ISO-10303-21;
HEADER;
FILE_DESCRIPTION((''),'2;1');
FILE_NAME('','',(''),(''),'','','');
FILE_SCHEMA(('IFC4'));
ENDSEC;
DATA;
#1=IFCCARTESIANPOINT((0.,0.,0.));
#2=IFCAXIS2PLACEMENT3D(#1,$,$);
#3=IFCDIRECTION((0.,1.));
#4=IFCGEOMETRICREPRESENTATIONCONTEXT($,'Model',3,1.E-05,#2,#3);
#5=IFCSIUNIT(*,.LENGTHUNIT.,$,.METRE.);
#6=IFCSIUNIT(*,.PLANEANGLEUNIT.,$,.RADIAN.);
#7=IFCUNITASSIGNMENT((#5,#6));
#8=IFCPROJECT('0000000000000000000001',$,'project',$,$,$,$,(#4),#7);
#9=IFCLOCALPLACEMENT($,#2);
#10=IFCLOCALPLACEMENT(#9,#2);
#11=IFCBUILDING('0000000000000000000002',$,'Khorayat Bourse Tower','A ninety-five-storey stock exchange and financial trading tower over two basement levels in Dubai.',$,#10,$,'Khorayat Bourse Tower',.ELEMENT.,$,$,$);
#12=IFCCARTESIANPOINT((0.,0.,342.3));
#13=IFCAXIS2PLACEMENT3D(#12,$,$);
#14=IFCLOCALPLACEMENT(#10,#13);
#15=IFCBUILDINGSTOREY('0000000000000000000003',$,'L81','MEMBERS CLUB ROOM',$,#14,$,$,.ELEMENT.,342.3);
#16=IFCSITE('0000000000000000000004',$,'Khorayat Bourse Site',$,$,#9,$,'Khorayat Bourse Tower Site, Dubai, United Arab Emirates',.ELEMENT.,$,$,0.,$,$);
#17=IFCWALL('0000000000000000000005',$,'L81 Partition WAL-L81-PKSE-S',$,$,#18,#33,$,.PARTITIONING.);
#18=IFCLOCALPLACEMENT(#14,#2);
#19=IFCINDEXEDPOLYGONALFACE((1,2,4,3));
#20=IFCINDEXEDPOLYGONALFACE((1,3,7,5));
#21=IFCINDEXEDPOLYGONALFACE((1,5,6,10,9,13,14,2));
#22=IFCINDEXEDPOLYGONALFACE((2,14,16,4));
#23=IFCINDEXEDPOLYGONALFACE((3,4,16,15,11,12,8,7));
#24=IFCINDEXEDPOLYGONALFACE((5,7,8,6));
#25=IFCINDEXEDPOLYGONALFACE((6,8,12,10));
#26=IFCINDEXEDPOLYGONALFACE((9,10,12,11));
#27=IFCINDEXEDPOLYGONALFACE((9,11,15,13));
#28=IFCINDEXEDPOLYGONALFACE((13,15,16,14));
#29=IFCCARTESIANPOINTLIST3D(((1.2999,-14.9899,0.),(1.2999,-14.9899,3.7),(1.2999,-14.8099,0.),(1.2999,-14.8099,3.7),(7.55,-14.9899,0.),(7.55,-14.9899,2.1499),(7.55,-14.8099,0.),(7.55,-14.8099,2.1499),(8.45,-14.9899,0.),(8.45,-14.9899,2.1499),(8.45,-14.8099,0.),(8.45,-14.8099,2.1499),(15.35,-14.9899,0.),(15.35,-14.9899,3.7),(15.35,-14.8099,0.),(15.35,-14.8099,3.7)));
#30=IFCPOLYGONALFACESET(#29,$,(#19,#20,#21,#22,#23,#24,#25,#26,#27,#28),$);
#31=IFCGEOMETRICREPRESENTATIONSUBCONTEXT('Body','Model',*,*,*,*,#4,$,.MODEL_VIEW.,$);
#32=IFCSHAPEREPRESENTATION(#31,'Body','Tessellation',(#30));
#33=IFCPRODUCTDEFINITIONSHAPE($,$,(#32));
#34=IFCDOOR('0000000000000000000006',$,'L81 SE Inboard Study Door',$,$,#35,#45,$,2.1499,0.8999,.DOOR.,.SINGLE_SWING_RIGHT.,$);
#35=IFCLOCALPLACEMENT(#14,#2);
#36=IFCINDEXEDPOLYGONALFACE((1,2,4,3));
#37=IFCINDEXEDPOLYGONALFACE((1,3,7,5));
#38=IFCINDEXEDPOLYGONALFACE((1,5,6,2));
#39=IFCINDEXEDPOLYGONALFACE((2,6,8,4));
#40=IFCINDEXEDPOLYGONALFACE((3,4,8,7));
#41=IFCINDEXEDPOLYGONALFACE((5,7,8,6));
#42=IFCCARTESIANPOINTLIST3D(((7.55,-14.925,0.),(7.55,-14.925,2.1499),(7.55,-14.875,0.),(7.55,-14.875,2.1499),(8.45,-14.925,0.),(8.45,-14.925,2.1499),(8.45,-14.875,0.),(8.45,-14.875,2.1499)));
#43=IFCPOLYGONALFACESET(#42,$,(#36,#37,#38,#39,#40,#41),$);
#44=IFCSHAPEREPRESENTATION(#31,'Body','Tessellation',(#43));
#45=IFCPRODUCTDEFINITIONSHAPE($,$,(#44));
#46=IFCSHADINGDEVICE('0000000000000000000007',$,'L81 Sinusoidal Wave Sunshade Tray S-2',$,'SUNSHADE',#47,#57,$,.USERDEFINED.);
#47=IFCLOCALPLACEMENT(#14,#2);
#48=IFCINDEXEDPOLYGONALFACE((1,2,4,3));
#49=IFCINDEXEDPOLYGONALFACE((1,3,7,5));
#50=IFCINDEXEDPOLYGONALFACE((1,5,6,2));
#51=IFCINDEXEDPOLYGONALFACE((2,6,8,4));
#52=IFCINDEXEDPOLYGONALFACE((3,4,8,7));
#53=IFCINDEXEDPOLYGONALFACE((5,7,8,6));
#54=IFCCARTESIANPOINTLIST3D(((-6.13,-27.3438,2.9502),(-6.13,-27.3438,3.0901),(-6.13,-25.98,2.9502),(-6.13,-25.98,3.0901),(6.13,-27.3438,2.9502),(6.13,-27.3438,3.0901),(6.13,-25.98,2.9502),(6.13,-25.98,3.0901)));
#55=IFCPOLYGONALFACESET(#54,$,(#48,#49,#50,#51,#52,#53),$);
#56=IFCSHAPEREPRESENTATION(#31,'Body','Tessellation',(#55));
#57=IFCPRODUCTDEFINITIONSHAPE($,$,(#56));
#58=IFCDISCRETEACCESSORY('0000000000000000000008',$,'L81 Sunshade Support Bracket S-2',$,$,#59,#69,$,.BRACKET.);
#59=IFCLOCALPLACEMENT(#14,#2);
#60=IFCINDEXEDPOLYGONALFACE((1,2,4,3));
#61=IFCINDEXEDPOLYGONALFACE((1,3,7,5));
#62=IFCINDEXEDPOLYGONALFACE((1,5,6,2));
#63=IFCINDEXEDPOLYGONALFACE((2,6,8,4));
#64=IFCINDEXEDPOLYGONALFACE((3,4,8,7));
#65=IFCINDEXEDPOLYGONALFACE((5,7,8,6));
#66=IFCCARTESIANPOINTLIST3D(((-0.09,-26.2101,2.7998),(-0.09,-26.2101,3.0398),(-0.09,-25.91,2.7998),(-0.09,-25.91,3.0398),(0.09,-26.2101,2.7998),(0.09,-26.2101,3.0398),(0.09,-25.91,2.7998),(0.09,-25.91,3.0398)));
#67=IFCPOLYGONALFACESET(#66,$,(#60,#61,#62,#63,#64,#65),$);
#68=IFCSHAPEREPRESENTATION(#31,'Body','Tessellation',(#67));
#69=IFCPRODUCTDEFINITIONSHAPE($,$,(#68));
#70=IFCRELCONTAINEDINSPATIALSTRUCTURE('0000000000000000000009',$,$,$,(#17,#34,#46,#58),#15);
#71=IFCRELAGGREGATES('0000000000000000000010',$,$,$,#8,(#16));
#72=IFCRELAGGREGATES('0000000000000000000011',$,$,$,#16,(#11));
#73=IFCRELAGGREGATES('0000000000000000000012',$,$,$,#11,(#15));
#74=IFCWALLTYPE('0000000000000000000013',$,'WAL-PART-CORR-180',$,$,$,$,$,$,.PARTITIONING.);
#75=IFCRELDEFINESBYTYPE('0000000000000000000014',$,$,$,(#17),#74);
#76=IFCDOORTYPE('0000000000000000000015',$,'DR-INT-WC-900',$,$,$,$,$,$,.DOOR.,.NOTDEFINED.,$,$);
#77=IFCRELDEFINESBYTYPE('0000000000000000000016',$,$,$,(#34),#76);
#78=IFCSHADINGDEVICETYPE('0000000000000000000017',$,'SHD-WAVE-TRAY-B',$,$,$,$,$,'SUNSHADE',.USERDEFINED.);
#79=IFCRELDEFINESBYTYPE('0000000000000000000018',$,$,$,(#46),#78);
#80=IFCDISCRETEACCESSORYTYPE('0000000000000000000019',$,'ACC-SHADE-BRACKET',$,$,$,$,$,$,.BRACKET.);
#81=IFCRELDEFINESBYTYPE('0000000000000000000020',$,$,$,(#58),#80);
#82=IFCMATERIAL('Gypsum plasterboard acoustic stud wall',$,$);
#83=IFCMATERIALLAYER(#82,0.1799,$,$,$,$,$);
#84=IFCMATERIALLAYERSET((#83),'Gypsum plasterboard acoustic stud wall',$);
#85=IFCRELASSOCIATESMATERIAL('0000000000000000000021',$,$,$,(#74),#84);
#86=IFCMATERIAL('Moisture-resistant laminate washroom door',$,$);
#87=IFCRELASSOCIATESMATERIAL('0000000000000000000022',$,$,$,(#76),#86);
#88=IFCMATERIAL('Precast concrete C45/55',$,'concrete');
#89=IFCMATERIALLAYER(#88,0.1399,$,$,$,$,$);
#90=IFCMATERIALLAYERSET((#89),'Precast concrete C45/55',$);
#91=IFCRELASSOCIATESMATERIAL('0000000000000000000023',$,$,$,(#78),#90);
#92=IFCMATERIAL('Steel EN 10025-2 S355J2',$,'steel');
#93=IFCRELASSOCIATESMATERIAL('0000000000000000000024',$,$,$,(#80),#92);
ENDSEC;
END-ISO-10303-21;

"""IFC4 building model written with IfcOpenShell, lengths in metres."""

from ifc_helpers import new_model, si_unit, direction, frame, frame_2d, origin, origin_2d, place, context, subcontext, project, spatial, rectangle, extrude, source, transform, mapped, material, layer, layer_set, type_object, element, fill, save


model = new_model("IFC4")

# Units and contexts
model_context = context("Model", 3, precision=1e-05, world=origin(), true_north=direction((0.0, 1.0)))
body_context = subcontext(model_context, "Body", "Model", "MODEL_VIEW")
ifc_project = project(units=[si_unit("LENGTHUNIT", "METRE"), si_unit("PLANEANGLEUNIT", "RADIAN")], contexts=[model_context])

# Site, building, storey
site_placement = place(None, origin())
site = spatial("IfcSite", under=ifc_project, at=site_placement, Name="Khorayat Bourse Site", LongName="Khorayat Bourse Tower Site, Dubai, United Arab Emirates", CompositionType="ELEMENT", RefElevation=0.0)
building_placement = place(site_placement, origin())
building = spatial("IfcBuilding", under=site, at=building_placement, Name="Khorayat Bourse Tower", Description="A ninety-five-storey stock exchange and financial trading tower over two basement levels in Dubai.", LongName="Khorayat Bourse Tower", CompositionType="ELEMENT")
storey_placement = place(building_placement, frame((0.0, 0.0, 342.3)))
storey = spatial("IfcBuildingStorey", under=building, at=storey_placement, Name="L81", Description="MEMBERS CLUB ROOM", CompositionType="ELEMENT", Elevation=342.3)

# Shared definitions
ifc_material_1 = material(Name="Steel EN 10025-2 S355J2", Category="steel")

# Shared definitions
ifc_material_2 = material(Name="Gypsum plasterboard acoustic stud wall")
ifc_layer_1 = layer(ifc_material_2, 0.1799)
ifc_layer_set_1 = layer_set([ifc_layer_1], Name="Gypsum plasterboard acoustic stud wall")
wall_type = type_object("IfcWallType", Name="WAL-PART-CORR-180", PredefinedType="PARTITIONING", material=ifc_layer_set_1)

# Wall, opening, door
shared_shape_1 = source(origin(), body_context, "Body", "SweptSolid", [
    extrude(rectangle(XDim=14.05, YDim=0.1799, at=frame_2d((7.0249, 0.0))), origin(), (0.0, 0.0, 1.0), 3.7),
])
wall_1_placement = place(storey_placement, frame((1.3, -14.8999, 0.0), z_axis=(0.0, 0.0, 1.0), x_axis=(1.0, 0.0, 0.0)))
wall_1 = element("IfcWall", 1, at=wall_1_placement, inside=storey, type_object=wall_type, Name="L81 Partition WAL-L81-PKSE-S", PredefinedType="PARTITIONING", context=body_context, shape_type="MappedRepresentation", body=[
    mapped(shared_shape_1, transform((0.0, 0.0, 0.0), scale=1.0)),
])
shared_shape_2 = source(origin(), body_context, "Body", "SweptSolid", [
    extrude(rectangle(XDim=0.8999, YDim=2.1499, at=frame_2d((0.45, 1.075))), frame((0.0, 0.0999, 0.0), z_axis=(0.0, -1.0, 0.0), x_axis=(1.0, 0.0, 0.0)), (0.0, 0.0, 1.0), 0.2),
])
opening_placement = place(wall_1_placement, frame((6.25, 0.0, 0.0)))
opening = element("IfcOpeningElement", 2, at=opening_placement, cuts=wall_1, PredefinedType="OPENING", context=body_context, shape_type="MappedRepresentation", body=[
    mapped(shared_shape_2, transform((0.0, 0.0, 0.0), scale=1.0)),
])
ifc_material_3 = material(Name="Moisture-resistant laminate washroom door")
door_type = type_object("IfcDoorType", Name="DR-INT-WC-900", OperationType="NOTDEFINED", PredefinedType="DOOR", material=ifc_material_3)
shared_shape_3 = source(origin(), body_context, "Body", "SweptSolid", [
    extrude(rectangle(XDim=0.8999, YDim=2.1499, at=frame_2d((0.45, 1.075))), frame((0.0, 0.0249, 0.0), z_axis=(0.0, -1.0, 0.0), x_axis=(1.0, 0.0, 0.0)), (0.0, 0.0, 1.0), 0.05),
])
door_placement = place(opening_placement, origin())
door = element("IfcDoor", 3, at=door_placement, inside=storey, type_object=door_type, Name="L81 SE Inboard Study Door", OperationType="SINGLE_SWING_RIGHT", OverallHeight=2.1499, OverallWidth=0.8999, PredefinedType="DOOR", context=body_context, shape_type="MappedRepresentation", body=[
    mapped(shared_shape_3, transform((0.0, 0.0, 0.0), scale=1.0)),
])
fill(opening, door)

# Shading device
ifc_material_4 = material(Name="Precast concrete C45/55", Category="concrete")
ifc_layer_2 = layer(ifc_material_4, 0.1399)
ifc_layer_set_2 = layer_set([ifc_layer_2], Name="Precast concrete C45/55")
shading_device_type = type_object("IfcShadingDeviceType", Name="SHD-WAVE-TRAY-B", ElementType="SUNSHADE", PredefinedType="USERDEFINED", material=ifc_layer_set_2)
shared_shape_4 = source(origin(), body_context, "Body", "SweptSolid", [
    extrude(rectangle(XDim=12.26, YDim=1.3638, at=origin_2d()), origin(), (0.0, 0.0, 1.0), 0.1399),
])
shading_device_placement = place(storey_placement, frame((0.0, -26.6619, 2.9502), z_axis=(0.0, 0.0, 1.0), x_axis=(1.0, 0.0, 0.0)))
element("IfcShadingDevice", 4, at=shading_device_placement, inside=storey, type_object=shading_device_type, Name="L81 Sinusoidal Wave Sunshade Tray S-2", ObjectType="SUNSHADE", PredefinedType="USERDEFINED", context=body_context, shape_type="MappedRepresentation", body=[
    mapped(shared_shape_4, transform((0.0, 0.0, 0.0), scale=1.0)),
])

# Discrete accessory
discrete_accessory_type = type_object("IfcDiscreteAccessoryType", Name="ACC-SHADE-BRACKET", PredefinedType="BRACKET", material=ifc_material_1)
shared_shape_5 = source(origin(), body_context, "Body", "SweptSolid", [
    extrude(rectangle(XDim=0.1799, YDim=0.3, at=origin_2d()), origin(), (0.0, 0.0, 1.0), 0.24),
])
discrete_accessory_placement = place(storey_placement, frame((0.0, -26.0601, 2.7998), z_axis=(0.0, 0.0, 1.0), x_axis=(1.0, 0.0, 0.0)))
element("IfcDiscreteAccessory", 5, at=discrete_accessory_placement, inside=storey, type_object=discrete_accessory_type, Name="L81 Sunshade Support Bracket S-2", PredefinedType="BRACKET", context=body_context, shape_type="MappedRepresentation", body=[
    mapped(shared_shape_5, transform((0.0, 0.0, 0.0), scale=1.0)),
])

save(model, "model.ifc")
